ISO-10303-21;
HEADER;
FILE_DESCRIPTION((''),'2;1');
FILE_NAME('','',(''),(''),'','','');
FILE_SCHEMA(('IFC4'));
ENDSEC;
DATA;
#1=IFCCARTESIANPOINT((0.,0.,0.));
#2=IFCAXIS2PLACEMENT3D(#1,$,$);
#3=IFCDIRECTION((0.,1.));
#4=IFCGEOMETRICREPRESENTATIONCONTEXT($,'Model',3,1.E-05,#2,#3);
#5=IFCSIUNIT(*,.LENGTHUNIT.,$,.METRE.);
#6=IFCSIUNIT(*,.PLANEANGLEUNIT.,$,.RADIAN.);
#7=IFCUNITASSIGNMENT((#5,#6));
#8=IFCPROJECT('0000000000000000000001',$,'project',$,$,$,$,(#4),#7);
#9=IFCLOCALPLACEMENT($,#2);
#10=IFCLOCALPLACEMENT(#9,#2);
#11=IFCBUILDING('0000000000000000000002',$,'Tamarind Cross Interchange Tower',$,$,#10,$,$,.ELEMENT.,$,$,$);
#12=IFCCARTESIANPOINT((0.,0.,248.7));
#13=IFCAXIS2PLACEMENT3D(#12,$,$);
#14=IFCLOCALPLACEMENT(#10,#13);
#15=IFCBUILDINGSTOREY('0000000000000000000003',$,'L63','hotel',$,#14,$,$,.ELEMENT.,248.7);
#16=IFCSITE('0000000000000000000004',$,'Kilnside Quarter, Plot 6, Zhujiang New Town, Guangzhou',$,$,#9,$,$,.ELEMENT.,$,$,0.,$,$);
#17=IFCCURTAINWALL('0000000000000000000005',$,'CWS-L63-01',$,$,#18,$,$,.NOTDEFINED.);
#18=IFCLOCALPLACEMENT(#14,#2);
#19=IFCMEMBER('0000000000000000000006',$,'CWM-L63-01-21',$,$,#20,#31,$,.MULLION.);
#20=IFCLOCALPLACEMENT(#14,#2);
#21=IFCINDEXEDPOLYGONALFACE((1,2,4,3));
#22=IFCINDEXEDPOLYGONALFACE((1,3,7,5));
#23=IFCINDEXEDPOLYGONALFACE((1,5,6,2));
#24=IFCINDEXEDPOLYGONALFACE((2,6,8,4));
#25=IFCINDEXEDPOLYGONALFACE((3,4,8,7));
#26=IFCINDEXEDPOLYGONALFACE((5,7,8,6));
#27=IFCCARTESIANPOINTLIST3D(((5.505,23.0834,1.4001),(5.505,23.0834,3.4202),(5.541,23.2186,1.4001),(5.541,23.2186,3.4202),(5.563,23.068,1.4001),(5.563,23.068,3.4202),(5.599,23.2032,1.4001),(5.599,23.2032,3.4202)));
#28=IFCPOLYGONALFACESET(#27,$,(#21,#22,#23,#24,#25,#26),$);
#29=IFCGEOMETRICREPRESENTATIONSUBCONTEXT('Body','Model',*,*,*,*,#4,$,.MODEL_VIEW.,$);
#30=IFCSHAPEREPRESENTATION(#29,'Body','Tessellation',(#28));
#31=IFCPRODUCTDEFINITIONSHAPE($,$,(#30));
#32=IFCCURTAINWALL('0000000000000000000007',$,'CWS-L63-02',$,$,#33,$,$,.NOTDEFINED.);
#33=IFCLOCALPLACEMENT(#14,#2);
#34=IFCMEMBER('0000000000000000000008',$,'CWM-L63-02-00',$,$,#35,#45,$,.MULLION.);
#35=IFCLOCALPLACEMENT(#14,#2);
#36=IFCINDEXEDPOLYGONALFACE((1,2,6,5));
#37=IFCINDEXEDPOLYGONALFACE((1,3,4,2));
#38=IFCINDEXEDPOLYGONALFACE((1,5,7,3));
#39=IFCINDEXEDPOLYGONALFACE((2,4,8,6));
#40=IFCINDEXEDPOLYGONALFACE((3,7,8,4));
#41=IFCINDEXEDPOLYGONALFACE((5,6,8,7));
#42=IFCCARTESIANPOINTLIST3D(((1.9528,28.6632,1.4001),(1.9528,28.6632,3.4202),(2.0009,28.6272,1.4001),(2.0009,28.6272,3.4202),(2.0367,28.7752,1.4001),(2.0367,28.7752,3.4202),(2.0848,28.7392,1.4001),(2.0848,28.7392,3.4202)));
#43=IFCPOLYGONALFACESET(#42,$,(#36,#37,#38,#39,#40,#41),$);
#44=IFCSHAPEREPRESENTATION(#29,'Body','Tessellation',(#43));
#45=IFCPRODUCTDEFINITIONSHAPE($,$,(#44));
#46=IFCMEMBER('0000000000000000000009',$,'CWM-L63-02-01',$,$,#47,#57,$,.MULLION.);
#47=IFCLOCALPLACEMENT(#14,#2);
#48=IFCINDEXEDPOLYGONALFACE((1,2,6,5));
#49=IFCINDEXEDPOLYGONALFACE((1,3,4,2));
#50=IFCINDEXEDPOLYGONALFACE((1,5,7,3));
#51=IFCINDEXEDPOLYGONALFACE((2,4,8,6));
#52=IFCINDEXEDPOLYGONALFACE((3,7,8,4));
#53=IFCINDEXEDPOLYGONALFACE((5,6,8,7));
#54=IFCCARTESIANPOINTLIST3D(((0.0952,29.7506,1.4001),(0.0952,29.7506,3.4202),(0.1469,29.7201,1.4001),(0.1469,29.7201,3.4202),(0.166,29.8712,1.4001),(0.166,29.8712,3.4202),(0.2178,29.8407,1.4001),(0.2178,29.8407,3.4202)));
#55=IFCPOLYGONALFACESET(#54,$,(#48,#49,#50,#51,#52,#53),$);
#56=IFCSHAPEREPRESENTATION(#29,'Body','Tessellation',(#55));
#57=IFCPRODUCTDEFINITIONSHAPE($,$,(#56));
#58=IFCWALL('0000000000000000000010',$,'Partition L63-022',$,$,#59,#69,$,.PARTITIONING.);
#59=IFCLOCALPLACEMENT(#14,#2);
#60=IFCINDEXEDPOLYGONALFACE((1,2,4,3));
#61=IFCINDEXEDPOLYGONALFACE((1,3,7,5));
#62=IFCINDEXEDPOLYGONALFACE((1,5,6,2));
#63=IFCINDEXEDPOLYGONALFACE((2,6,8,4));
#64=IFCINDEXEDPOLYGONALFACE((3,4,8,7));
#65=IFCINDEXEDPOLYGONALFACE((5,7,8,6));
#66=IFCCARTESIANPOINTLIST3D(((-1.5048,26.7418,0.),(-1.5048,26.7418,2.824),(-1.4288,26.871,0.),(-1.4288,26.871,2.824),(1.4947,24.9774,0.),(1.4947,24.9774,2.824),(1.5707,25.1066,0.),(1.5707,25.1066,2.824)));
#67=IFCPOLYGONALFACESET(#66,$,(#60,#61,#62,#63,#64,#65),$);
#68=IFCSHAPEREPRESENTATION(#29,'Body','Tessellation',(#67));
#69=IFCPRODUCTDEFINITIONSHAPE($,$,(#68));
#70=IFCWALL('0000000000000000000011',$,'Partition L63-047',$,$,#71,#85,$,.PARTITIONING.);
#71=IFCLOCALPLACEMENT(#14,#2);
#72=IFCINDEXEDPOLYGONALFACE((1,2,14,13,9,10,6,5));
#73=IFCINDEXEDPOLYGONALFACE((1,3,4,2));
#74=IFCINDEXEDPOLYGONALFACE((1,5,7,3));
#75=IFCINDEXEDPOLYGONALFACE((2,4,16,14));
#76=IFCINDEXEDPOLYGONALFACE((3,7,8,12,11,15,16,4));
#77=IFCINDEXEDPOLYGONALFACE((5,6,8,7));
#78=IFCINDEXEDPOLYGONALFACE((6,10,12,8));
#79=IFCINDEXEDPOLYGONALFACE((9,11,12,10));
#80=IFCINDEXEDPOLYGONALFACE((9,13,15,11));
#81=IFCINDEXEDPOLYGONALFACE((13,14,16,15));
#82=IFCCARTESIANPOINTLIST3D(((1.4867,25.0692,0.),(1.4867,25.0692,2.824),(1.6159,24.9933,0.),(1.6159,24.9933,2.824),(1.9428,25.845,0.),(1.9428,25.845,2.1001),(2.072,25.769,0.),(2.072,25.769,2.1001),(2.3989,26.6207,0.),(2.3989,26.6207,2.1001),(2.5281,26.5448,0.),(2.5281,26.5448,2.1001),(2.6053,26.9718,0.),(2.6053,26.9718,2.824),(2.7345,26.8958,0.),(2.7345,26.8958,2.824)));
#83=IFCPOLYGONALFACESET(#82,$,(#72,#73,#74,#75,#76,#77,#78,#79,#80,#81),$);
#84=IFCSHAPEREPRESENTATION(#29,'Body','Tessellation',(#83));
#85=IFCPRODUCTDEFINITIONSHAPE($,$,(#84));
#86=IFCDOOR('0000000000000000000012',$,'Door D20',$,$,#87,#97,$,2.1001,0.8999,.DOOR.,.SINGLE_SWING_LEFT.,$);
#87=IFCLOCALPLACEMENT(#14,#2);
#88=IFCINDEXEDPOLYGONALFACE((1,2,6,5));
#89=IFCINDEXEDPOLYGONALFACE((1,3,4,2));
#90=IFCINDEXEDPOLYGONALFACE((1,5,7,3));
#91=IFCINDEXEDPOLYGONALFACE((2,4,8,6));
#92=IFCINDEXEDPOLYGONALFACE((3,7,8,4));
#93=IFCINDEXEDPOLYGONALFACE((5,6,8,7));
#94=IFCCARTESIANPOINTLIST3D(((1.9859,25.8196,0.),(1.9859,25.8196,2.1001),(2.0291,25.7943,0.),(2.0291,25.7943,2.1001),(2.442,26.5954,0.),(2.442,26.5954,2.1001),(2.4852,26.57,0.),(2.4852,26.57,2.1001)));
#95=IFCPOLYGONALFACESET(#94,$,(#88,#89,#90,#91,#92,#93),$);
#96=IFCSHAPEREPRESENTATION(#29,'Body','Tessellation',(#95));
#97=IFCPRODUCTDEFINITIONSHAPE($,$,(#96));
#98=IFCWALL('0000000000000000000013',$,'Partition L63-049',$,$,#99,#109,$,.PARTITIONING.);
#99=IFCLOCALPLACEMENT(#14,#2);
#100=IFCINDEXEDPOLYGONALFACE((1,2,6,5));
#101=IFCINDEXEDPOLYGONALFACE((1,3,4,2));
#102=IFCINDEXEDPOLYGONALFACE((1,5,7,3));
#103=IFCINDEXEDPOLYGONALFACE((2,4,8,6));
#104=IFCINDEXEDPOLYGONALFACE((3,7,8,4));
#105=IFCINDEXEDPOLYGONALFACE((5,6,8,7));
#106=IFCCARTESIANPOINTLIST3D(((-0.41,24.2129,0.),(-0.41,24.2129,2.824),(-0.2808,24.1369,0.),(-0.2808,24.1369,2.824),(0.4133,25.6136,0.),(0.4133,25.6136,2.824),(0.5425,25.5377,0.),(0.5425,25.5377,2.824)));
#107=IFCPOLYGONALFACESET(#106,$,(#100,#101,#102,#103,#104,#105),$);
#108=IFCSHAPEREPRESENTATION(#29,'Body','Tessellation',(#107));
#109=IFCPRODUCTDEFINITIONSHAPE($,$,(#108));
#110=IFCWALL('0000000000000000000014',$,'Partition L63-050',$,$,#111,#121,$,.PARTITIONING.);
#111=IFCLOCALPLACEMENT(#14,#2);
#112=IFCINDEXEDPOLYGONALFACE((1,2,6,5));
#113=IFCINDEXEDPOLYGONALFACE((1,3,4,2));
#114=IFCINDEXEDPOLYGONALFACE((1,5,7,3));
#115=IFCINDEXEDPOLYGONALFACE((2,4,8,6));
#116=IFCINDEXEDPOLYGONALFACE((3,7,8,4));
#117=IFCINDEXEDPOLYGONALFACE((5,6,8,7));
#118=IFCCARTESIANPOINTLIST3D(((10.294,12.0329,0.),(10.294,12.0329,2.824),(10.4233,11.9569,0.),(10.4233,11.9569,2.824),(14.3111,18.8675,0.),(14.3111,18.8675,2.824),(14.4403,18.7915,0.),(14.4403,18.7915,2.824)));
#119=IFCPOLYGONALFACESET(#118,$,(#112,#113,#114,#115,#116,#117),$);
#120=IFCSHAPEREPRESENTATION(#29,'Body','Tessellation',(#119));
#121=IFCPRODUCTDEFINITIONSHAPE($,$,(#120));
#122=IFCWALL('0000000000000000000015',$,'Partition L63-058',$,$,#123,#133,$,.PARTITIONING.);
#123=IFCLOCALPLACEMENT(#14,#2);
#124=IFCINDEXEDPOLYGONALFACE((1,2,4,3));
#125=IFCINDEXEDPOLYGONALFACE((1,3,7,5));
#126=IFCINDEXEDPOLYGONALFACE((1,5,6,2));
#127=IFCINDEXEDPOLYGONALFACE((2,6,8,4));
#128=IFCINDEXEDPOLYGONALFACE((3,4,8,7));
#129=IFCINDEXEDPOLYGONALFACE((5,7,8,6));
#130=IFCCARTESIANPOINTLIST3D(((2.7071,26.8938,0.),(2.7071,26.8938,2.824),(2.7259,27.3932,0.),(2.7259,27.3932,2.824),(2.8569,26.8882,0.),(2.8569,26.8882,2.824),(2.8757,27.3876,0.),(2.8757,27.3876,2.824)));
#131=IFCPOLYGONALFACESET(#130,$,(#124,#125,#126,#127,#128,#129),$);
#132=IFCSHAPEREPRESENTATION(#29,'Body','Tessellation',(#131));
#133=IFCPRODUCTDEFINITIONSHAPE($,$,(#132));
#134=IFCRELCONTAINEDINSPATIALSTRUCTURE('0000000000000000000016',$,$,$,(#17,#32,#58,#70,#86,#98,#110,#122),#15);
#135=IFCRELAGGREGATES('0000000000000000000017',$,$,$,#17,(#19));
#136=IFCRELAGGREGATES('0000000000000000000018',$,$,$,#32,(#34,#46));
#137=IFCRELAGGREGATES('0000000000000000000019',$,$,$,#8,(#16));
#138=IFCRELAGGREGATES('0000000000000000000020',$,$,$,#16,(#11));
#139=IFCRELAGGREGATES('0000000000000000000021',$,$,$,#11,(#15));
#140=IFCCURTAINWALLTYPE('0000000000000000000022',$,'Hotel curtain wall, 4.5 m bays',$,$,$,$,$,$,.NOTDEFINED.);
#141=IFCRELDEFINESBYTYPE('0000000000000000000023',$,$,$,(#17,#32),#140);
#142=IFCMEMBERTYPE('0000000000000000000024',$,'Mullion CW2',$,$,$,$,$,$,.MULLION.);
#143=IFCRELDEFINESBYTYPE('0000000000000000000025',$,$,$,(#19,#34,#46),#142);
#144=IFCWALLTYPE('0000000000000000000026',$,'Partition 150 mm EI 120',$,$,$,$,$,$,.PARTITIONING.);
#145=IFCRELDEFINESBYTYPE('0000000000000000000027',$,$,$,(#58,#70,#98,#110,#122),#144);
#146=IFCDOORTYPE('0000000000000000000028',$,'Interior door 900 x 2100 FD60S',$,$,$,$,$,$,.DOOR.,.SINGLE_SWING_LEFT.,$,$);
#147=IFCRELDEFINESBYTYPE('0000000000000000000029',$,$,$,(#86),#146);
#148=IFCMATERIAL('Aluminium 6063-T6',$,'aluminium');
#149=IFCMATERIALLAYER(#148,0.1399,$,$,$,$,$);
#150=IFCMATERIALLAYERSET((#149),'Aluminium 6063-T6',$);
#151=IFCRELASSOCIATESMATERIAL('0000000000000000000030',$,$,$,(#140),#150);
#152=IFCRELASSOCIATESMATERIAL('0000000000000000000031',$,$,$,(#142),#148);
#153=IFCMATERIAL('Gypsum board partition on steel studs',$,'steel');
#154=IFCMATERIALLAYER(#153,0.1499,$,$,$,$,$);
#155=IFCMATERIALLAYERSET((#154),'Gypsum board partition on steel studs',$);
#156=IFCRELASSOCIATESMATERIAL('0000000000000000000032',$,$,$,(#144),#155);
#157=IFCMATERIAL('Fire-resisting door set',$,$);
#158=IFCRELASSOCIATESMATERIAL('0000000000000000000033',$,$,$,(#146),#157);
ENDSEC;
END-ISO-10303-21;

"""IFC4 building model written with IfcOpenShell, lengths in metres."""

from ifc_helpers import new_model, si_unit, direction, frame, frame_2d, origin, origin_2d, place, context, subcontext, project, spatial, rectangle, extrude, material, layer, layer_set, material_profile, profile_set, type_object, element, fill, aggregate, save


model = new_model("IFC4")

# Units and contexts
model_context = context("Model", 3, precision=1e-05, world=origin(), true_north=direction((0.0, 1.0)))
body_context = subcontext(model_context, "Body", "Model", "MODEL_VIEW")
ifc_project = project(units=[si_unit("LENGTHUNIT", "METRE"), si_unit("PLANEANGLEUNIT", "RADIAN")], contexts=[model_context])

# Site, building, storey
site_placement = place(None, origin())
site = spatial("IfcSite", under=ifc_project, at=site_placement, Name="Kilnside Quarter, Plot 6, Zhujiang New Town, Guangzhou", CompositionType="ELEMENT", RefElevation=0.0)
building_placement = place(site_placement, origin())
building = spatial("IfcBuilding", under=site, at=building_placement, Name="Tamarind Cross Interchange Tower", CompositionType="ELEMENT")
storey_placement = place(building_placement, frame((0.0, 0.0, 248.7)))
storey = spatial("IfcBuildingStorey", under=building, at=storey_placement, Name="L63", Description="hotel", CompositionType="ELEMENT", Elevation=248.7)

# Curtain walls, members
ifc_material_1 = material(Name="Aluminium 6063-T6", Category="aluminium")
ifc_layer_1 = layer(ifc_material_1, 0.1399)
ifc_layer_set_1 = layer_set([ifc_layer_1], Name="Aluminium 6063-T6")
curtain_wall_type = type_object("IfcCurtainWallType", Name="Hotel curtain wall, 4.5 m bays", PredefinedType="NOTDEFINED", material=ifc_layer_set_1)
curtain_wall_1_placement = place(storey_placement, origin())
curtain_wall_1 = element("IfcCurtainWall", 1, at=curtain_wall_1_placement, inside=storey, type_object=curtain_wall_type, Name="CWS-L63-01", PredefinedType="NOTDEFINED")
ifc_material_profile_1 = material_profile(ifc_material_1, rectangle(XDim=0.0601, YDim=0.1399, at=origin_2d()), Name="Mullion CW2")
ifc_profile_set_1 = profile_set([ifc_material_profile_1], Name="Aluminium 6063-T6")
member_type = type_object("IfcMemberType", Name="Mullion CW2", PredefinedType="MULLION", material=ifc_profile_set_1)
member_1_placement = place(storey_placement, frame((5.552, 23.1433, 1.4001), z_axis=(0.0, 0.0, 1.0), x_axis=(-0.966326, 0.257322, 0.0)))
member_1 = element("IfcMember", 2, at=member_1_placement, type_object=member_type, Name="CWM-L63-01-21", PredefinedType="MULLION", context=body_context, shape_type="SweptSolid", body=[
    extrude(rectangle(XDim=0.0601, YDim=0.1399, at=origin_2d()), origin(), (0.0, 0.0, 1.0), 2.02),
])
aggregate(curtain_wall_1, [member_1])
curtain_wall_2_placement = place(storey_placement, origin())
curtain_wall_2 = element("IfcCurtainWall", 3, at=curtain_wall_2_placement, inside=storey, type_object=curtain_wall_type, Name="CWS-L63-02", PredefinedType="NOTDEFINED")
member_2_placement = place(storey_placement, frame((2.0188, 28.7012, 1.4001), z_axis=(0.0, 0.0, 1.0), x_axis=(-0.800573, 0.599235, 0.0)))
member_2 = element("IfcMember", 4, at=member_2_placement, type_object=member_type, Name="CWM-L63-02-00", PredefinedType="MULLION", context=body_context, shape_type="SweptSolid", body=[
    extrude(rectangle(XDim=0.0601, YDim=0.1399, at=origin_2d()), origin(), (0.0, 0.0, 1.0), 2.02),
])
member_3_placement = place(storey_placement, frame((0.1565, 29.7957, 1.4001), z_axis=(0.0, 0.0, 1.0), x_axis=(-0.862104, 0.506732, 0.0)))
member_3 = element("IfcMember", 5, at=member_3_placement, type_object=member_type, Name="CWM-L63-02-01", PredefinedType="MULLION", context=body_context, shape_type="SweptSolid", body=[
    extrude(rectangle(XDim=0.0601, YDim=0.1399, at=origin_2d()), origin(), (0.0, 0.0, 1.0), 2.02),
])
aggregate(curtain_wall_2, [member_2, member_3])

# Wall
ifc_material_2 = material(Name="Gypsum board partition on steel studs", Category="steel")
ifc_layer_2 = layer(ifc_material_2, 0.1499)
ifc_layer_set_2 = layer_set([ifc_layer_2], Name="Gypsum board partition on steel studs")
wall_type = type_object("IfcWallType", Name="Partition 150 mm EI 120", PredefinedType="PARTITIONING", material=ifc_layer_set_2)
wall_1_placement = place(storey_placement, frame((-1.4668, 26.8064, 0.0), z_axis=(0.0, 0.0, 1.0), x_axis=(0.861936, -0.507017, 0.0)))
element("IfcWall", 6, at=wall_1_placement, inside=storey, type_object=wall_type, Name="Partition L63-022", PredefinedType="PARTITIONING", context=body_context, shape_type="SweptSolid", body=[
    extrude(rectangle(XDim=3.48, YDim=0.1499, at=frame_2d((1.74, 0.0))), origin(), (0.0, 0.0, 1.0), 2.824),
])

# Wall, opening, door
wall_2_placement = place(storey_placement, frame((1.5513, 25.0312, 0.0), z_axis=(0.0, 0.0, 1.0), x_axis=(0.506846, 0.862037, 0.0)))
wall_2 = element("IfcWall", 7, at=wall_2_placement, inside=storey, type_object=wall_type, Name="Partition L63-047", PredefinedType="PARTITIONING", context=body_context, shape_type="SweptSolid", body=[
    extrude(rectangle(XDim=2.207, YDim=0.1499, at=frame_2d((1.1035, 0.0))), origin(), (0.0, 0.0, 1.0), 2.824),
])
opening_placement = place(wall_2_placement, frame((0.8999, 0.0, 0.0)))
opening = element("IfcOpeningElement", 8, at=opening_placement, cuts=wall_2, PredefinedType="OPENING", context=body_context, shape_type="SweptSolid", body=[
    extrude(rectangle(XDim=0.8999, YDim=2.1001, at=frame_2d((0.45, 1.05))), frame((0.0, 0.085, 0.0), z_axis=(0.0, -1.0, 0.0), x_axis=(1.0, 0.0, 0.0)), (0.0, 0.0, 1.0), 0.1699),
])
ifc_material_3 = material(Name="Fire-resisting door set")
door_type = type_object("IfcDoorType", Name="Interior door 900 x 2100 FD60S", OperationType="SINGLE_SWING_LEFT", PredefinedType="DOOR", material=ifc_material_3)
door_placement = place(opening_placement, origin())
door = element("IfcDoor", 9, at=door_placement, inside=storey, type_object=door_type, Name="Door D20", OperationType="SINGLE_SWING_LEFT", OverallHeight=2.1001, OverallWidth=0.8999, PredefinedType="DOOR", context=body_context, shape_type="SweptSolid", body=[
    extrude(rectangle(XDim=0.8999, YDim=2.1001, at=frame_2d((0.45, 1.05))), frame((0.0, 0.0249, 0.0), z_axis=(0.0, -1.0, 0.0), x_axis=(1.0, 0.0, 0.0)), (0.0, 0.0, 1.0), 0.05),
])
fill(opening, door)

# Walls
wall_3_placement = place(storey_placement, frame((-0.3455, 24.1748, 0.0), z_axis=(0.0, 0.0, 1.0), x_axis=(0.506718, 0.862112, 0.0)))
element("IfcWall", 10, at=wall_3_placement, inside=storey, type_object=wall_type, Name="Partition L63-049", PredefinedType="PARTITIONING", context=body_context, shape_type="SweptSolid", body=[
    extrude(rectangle(XDim=1.6248, YDim=0.1499, at=frame_2d((0.8125, 0.0))), origin(), (0.0, 0.0, 1.0), 2.824),
])
wall_4_placement = place(storey_placement, frame((10.3586, 11.9949, 0.0), z_axis=(0.0, 0.0, 1.0), x_axis=(0.506708, 0.862118, 0.0)))
element("IfcWall", 11, at=wall_4_placement, inside=storey, type_object=wall_type, Name="Partition L63-050", PredefinedType="PARTITIONING", context=body_context, shape_type="SweptSolid", body=[
    extrude(rectangle(XDim=7.9277, YDim=0.1499, at=frame_2d((3.9639, 0.0))), origin(), (0.0, 0.0, 1.0), 2.824),
])
wall_5_placement = place(storey_placement, frame((2.782, 26.8909, 0.0), z_axis=(0.0, 0.0, 1.0), x_axis=(0.037608, 0.999293, 0.0)))
element("IfcWall", 12, at=wall_5_placement, inside=storey, type_object=wall_type, Name="Partition L63-058", PredefinedType="PARTITIONING", context=body_context, shape_type="SweptSolid", body=[
    extrude(rectangle(XDim=0.4998, YDim=0.1499, at=frame_2d((0.25, 0.0))), origin(), (0.0, 0.0, 1.0), 2.824),
])

save(model, "model.ifc")
